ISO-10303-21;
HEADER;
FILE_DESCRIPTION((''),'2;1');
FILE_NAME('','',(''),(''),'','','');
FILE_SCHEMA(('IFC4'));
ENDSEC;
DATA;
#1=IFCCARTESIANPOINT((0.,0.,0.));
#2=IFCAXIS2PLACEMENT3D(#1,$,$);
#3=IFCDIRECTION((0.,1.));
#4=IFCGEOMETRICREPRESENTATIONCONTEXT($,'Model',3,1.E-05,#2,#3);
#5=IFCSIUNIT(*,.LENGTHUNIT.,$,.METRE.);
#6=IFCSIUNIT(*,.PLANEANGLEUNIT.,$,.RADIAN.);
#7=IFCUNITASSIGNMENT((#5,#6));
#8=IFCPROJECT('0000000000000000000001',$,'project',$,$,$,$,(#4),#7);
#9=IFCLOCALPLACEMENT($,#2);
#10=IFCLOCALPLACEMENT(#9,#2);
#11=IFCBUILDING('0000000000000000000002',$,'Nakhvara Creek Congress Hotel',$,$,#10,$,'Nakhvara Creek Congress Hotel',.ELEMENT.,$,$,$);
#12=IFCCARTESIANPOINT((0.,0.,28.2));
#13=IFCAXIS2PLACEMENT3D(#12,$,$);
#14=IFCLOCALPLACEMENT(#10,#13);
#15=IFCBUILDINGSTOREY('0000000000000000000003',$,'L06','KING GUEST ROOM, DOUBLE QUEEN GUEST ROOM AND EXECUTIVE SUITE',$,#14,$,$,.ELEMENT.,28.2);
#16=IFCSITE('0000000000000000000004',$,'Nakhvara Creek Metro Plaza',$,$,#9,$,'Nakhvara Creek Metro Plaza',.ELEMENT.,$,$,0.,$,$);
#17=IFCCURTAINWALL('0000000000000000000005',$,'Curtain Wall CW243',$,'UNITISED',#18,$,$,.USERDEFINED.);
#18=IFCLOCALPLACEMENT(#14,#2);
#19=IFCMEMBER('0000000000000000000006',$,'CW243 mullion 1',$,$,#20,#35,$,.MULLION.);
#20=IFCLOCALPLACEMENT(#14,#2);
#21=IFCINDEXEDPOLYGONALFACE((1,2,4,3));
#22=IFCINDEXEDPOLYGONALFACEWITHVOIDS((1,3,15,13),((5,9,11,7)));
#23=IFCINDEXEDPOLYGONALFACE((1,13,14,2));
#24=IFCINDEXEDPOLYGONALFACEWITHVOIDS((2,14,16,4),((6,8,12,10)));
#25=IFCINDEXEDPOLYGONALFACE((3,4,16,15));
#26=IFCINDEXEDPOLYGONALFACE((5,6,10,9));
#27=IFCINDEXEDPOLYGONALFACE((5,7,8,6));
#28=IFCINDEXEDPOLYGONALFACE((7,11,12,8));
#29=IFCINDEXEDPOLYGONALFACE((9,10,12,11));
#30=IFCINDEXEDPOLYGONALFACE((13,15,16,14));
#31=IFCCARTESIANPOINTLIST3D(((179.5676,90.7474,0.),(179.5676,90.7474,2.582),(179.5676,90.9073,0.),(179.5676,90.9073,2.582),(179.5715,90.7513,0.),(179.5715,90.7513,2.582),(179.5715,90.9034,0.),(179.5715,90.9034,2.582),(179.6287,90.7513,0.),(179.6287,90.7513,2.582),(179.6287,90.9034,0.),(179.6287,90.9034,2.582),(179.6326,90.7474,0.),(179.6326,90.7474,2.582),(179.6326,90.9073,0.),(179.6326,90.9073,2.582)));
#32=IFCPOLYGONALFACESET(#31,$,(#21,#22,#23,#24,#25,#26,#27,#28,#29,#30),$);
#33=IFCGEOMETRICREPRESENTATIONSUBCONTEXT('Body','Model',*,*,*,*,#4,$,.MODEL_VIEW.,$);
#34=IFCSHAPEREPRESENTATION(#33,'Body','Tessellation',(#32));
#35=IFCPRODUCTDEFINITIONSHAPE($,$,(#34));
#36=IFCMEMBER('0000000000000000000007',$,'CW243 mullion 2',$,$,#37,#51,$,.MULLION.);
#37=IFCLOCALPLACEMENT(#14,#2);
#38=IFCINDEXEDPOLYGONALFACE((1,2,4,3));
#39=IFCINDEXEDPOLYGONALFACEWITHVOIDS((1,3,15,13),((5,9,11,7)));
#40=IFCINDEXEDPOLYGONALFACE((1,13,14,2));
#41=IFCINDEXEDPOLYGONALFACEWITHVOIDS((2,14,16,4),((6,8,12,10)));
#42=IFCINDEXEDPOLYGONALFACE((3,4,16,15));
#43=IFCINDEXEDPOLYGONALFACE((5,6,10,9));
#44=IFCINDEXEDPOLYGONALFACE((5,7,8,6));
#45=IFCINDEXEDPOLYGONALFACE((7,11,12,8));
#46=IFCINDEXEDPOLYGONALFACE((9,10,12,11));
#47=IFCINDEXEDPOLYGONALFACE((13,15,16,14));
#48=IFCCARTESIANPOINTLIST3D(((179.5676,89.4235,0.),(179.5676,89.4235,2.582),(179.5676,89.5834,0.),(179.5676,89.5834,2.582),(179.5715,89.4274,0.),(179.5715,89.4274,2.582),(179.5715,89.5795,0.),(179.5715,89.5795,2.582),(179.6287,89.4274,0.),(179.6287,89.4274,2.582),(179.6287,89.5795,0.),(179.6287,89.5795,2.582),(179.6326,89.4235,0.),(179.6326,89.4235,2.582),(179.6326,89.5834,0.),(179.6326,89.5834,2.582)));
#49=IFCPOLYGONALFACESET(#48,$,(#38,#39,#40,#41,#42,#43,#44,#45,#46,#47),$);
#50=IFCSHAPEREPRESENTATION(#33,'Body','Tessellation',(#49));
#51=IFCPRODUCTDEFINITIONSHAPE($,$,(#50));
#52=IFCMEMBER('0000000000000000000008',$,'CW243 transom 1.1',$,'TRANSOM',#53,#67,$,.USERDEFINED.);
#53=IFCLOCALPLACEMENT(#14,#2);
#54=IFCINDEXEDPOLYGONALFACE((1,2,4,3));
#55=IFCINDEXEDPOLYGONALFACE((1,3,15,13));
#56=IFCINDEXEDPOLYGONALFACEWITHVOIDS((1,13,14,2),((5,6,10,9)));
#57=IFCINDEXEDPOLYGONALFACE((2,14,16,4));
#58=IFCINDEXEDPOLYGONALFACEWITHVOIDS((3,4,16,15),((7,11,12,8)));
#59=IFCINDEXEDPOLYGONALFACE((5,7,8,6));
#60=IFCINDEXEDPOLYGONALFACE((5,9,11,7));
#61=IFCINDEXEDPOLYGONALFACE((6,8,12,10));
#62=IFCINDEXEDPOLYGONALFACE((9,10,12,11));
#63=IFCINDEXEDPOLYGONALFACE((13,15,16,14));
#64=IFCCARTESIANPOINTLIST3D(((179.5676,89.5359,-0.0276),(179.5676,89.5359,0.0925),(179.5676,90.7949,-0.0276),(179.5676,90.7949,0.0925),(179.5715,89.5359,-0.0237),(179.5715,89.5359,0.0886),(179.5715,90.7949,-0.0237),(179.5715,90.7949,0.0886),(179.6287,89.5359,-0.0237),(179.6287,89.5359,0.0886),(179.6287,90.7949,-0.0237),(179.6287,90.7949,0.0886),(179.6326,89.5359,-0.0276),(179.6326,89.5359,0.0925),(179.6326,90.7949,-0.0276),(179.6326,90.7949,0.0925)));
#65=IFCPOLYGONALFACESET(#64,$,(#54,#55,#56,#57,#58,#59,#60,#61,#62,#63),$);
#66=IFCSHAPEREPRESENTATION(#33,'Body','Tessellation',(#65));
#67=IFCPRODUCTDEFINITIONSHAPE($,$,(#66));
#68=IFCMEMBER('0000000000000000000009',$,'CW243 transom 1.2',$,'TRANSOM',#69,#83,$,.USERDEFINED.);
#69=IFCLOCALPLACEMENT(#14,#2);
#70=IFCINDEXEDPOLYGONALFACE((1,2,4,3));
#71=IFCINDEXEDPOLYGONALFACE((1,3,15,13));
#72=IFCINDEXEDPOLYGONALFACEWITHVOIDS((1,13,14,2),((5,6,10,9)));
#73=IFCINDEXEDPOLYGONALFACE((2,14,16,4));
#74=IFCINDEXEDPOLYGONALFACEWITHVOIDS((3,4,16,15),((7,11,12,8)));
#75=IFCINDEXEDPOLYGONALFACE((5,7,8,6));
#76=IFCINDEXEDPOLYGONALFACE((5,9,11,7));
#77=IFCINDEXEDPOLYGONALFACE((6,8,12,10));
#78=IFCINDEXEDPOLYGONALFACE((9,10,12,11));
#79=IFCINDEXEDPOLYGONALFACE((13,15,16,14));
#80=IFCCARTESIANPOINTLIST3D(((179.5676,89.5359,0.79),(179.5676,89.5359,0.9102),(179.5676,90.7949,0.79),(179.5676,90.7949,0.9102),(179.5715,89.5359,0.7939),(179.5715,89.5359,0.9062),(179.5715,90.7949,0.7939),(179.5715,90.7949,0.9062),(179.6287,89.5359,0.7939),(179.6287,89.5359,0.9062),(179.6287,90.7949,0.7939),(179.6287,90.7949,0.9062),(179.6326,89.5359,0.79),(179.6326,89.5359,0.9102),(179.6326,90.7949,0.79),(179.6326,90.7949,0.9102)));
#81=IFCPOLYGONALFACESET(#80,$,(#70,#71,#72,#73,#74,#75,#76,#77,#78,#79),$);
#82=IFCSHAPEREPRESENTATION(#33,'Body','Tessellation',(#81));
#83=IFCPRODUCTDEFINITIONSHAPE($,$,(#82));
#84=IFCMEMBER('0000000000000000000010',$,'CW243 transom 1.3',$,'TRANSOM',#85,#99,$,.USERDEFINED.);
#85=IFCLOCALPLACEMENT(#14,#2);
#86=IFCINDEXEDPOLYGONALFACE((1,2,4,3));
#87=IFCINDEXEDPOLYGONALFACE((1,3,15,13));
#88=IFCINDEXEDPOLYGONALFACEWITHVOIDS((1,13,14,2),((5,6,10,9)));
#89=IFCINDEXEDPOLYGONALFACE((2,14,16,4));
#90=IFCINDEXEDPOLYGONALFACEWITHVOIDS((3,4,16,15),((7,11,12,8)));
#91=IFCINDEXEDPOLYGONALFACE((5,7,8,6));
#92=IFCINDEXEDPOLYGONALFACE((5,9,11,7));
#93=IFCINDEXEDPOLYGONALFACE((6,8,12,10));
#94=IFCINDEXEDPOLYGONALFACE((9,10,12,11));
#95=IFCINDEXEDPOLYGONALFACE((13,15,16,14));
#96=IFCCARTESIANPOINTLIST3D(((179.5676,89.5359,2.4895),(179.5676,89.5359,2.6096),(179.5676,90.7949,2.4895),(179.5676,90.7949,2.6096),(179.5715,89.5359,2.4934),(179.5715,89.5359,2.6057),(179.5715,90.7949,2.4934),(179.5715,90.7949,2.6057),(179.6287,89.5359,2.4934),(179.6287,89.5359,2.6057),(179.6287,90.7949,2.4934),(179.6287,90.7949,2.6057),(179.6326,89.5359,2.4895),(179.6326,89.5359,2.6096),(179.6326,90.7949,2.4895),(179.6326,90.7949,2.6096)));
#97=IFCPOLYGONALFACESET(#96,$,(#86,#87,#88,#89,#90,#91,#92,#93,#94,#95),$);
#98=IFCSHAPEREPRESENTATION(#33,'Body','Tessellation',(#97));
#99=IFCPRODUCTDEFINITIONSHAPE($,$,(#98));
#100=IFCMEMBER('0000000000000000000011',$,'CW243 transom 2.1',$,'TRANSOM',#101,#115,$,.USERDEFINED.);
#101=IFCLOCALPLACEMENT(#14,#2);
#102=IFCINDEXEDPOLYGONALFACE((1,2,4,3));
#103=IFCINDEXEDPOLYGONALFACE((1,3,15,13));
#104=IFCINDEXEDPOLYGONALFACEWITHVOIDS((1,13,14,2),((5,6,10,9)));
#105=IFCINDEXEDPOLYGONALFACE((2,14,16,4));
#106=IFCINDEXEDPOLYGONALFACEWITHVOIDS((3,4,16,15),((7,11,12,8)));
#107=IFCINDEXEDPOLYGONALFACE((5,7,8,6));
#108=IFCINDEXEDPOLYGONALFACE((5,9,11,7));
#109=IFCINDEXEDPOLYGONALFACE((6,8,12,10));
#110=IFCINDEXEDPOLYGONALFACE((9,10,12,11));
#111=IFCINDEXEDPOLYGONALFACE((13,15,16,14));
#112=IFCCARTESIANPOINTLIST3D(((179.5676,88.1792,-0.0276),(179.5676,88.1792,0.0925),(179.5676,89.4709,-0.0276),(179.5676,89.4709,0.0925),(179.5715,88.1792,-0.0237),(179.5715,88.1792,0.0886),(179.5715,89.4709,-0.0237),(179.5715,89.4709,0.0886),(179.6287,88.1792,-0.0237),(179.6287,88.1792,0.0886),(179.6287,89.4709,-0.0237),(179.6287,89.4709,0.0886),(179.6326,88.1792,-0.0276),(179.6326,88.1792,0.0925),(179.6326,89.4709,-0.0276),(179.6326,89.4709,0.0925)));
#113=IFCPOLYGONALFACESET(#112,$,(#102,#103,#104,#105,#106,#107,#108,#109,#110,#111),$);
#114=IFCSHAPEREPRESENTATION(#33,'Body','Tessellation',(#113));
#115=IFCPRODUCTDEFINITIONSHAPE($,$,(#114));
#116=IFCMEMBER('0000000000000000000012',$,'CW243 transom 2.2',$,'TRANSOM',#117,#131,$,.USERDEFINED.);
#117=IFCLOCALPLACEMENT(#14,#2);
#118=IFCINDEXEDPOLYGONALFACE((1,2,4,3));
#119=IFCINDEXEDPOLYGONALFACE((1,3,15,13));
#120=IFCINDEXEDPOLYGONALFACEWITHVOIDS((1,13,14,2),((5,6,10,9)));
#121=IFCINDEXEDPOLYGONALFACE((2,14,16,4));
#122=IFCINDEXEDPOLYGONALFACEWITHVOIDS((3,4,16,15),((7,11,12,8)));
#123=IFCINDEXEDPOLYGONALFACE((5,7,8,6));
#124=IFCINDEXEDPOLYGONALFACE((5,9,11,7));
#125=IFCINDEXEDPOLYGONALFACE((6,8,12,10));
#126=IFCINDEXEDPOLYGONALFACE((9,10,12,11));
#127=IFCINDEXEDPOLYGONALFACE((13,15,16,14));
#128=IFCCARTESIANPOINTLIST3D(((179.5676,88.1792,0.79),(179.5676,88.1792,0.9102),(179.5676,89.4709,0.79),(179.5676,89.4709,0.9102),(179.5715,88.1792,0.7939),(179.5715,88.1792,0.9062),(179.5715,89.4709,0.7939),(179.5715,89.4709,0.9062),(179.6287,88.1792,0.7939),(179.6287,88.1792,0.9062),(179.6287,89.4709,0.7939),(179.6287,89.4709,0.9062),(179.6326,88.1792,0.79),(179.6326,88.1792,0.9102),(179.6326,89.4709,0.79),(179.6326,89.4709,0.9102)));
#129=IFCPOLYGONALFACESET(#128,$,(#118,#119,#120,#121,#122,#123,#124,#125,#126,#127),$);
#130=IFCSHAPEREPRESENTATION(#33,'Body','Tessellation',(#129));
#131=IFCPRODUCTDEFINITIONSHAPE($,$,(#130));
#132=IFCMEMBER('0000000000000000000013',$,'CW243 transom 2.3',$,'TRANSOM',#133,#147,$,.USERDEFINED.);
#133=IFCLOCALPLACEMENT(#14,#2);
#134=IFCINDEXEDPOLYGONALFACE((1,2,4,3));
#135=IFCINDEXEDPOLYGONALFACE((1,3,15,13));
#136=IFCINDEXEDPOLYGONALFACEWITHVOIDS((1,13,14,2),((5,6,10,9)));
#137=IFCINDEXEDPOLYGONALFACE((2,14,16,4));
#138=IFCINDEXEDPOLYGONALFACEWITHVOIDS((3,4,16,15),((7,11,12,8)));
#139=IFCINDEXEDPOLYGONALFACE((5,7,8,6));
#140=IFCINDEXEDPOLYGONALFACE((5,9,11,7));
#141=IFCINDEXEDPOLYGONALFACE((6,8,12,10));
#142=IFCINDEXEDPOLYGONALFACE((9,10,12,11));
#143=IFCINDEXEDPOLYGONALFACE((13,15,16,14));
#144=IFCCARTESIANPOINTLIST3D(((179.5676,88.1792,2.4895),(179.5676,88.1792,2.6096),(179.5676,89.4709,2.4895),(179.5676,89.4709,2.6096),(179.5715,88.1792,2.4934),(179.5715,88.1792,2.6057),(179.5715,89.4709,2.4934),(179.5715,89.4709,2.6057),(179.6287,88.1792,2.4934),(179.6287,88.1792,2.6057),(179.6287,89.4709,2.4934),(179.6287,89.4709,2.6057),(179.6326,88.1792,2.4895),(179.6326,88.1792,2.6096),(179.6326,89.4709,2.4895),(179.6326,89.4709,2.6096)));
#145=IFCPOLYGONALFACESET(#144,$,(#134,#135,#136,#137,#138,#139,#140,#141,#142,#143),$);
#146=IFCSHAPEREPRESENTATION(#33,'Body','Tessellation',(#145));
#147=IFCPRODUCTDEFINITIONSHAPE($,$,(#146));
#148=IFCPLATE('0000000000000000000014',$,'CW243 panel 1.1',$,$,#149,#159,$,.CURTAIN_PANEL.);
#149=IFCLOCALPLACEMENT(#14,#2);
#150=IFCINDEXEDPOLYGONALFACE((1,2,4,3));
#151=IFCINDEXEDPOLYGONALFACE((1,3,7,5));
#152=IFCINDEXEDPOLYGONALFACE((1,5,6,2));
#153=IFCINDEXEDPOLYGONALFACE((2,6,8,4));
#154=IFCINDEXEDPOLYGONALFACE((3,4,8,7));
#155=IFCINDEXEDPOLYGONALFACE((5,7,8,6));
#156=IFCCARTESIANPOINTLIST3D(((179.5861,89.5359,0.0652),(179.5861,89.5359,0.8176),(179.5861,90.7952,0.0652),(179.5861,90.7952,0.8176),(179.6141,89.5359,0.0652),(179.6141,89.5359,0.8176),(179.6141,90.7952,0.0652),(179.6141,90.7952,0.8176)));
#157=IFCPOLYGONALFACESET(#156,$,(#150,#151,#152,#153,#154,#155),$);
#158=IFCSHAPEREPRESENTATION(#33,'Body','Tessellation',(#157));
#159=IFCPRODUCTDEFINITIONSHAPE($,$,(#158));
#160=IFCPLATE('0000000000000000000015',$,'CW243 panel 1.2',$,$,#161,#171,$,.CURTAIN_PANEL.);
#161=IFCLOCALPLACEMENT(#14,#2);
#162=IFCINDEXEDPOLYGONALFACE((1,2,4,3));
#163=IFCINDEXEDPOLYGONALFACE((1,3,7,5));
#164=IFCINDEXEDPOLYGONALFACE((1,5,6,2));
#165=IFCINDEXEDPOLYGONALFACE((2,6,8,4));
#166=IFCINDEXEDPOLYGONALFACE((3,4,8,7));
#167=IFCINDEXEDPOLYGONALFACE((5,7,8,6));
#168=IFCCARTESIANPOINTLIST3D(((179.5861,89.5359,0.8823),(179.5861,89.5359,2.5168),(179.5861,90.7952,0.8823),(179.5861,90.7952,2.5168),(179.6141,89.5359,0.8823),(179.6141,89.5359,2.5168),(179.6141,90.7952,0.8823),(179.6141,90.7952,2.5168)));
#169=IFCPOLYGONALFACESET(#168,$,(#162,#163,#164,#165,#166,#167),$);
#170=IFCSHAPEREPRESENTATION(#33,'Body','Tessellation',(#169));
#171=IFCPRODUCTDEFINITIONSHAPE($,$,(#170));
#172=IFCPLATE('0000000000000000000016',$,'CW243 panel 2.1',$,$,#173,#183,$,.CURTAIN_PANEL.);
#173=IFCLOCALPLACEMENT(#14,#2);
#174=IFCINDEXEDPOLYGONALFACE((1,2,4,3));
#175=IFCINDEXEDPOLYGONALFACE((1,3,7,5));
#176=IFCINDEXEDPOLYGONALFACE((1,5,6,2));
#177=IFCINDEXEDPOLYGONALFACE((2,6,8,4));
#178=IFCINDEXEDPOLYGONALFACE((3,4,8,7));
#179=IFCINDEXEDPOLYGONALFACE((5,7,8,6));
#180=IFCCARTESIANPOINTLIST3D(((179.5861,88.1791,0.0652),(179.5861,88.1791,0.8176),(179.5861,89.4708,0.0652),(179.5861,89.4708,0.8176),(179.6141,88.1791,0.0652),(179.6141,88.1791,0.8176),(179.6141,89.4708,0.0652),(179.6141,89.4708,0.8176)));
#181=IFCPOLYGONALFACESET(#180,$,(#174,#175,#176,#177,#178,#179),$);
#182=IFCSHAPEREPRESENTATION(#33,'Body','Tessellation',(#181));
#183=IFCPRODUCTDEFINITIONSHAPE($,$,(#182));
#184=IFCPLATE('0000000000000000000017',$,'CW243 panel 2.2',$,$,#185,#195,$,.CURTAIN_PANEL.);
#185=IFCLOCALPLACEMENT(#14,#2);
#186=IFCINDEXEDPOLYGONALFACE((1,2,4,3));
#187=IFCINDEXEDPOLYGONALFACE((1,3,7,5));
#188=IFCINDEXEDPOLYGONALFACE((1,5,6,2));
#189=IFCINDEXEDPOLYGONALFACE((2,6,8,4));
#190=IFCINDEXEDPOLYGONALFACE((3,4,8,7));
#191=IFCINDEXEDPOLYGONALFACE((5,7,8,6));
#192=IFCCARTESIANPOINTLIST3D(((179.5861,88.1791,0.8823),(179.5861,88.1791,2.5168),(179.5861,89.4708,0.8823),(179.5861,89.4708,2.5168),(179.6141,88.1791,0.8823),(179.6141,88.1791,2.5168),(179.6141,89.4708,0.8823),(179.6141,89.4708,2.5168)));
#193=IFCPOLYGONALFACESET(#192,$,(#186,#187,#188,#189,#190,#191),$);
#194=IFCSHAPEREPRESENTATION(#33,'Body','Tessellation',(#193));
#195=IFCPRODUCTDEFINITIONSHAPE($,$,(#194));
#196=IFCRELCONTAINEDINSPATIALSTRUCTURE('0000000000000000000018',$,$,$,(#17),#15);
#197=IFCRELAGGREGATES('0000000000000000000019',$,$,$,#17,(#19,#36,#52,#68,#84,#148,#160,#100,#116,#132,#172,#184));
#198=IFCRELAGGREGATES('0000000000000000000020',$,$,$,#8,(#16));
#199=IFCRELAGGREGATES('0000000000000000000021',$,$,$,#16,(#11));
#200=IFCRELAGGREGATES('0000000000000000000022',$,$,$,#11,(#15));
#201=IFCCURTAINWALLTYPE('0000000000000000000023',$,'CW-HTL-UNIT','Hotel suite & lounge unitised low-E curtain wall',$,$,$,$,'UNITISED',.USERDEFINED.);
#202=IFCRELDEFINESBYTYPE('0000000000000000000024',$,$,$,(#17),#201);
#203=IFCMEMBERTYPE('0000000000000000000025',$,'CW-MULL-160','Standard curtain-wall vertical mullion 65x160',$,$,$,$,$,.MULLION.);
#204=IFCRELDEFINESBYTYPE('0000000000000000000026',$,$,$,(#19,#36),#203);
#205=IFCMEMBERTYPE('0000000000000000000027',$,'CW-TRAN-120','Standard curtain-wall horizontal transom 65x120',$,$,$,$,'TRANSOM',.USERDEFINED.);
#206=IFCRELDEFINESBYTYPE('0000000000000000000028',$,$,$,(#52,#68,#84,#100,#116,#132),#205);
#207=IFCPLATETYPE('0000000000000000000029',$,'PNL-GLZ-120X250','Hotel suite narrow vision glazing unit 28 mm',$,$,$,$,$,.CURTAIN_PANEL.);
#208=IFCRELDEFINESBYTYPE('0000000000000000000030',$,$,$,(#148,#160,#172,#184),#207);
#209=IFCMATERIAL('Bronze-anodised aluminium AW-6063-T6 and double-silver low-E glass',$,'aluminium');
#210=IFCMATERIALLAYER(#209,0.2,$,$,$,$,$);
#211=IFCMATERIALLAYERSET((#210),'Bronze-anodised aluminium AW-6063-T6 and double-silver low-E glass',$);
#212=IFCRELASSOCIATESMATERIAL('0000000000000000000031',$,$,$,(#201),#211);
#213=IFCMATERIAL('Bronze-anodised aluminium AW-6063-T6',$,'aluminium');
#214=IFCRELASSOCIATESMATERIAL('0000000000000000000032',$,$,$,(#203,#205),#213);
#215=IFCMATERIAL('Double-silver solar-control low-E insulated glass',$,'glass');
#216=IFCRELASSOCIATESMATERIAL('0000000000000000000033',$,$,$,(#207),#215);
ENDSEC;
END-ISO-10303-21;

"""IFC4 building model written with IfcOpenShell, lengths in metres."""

from ifc_helpers import new_model, si_unit, direction, frame, origin, origin_2d, place, context, subcontext, project, spatial, rectangle, hollow_rectangle, extrude, material, layer, layer_set, material_profile, profile_set, type_object, element, aggregate, save


model = new_model("IFC4")

# Units and contexts
model_context = context("Model", 3, precision=1e-05, world=origin(), true_north=direction((0.0, 1.0)))
body_context = subcontext(model_context, "Body", "Model", "MODEL_VIEW")
ifc_project = project(units=[si_unit("LENGTHUNIT", "METRE"), si_unit("PLANEANGLEUNIT", "RADIAN")], contexts=[model_context])

# Site, building, storey
site_placement = place(None, origin())
site = spatial("IfcSite", under=ifc_project, at=site_placement, Name="Nakhvara Creek Metro Plaza", LongName="Nakhvara Creek Metro Plaza", CompositionType="ELEMENT", RefElevation=0.0)
building_placement = place(site_placement, origin())
building = spatial("IfcBuilding", under=site, at=building_placement, Name="Nakhvara Creek Congress Hotel", LongName="Nakhvara Creek Congress Hotel", CompositionType="ELEMENT")
storey_placement = place(building_placement, frame((0.0, 0.0, 28.2)))
storey = spatial("IfcBuildingStorey", under=building, at=storey_placement, Name="L06", Description="KING GUEST ROOM, DOUBLE QUEEN GUEST ROOM AND EXECUTIVE SUITE", CompositionType="ELEMENT", Elevation=28.2)

# Curtain wall, members, plates
ifc_material_1 = material(Name="Bronze-anodised aluminium AW-6063-T6 and double-silver low-E glass", Category="aluminium")
ifc_layer_1 = layer(ifc_material_1, 0.2)
ifc_layer_set_1 = layer_set([ifc_layer_1], Name="Bronze-anodised aluminium AW-6063-T6 and double-silver low-E glass")
curtain_wall_type = type_object("IfcCurtainWallType", Name="CW-HTL-UNIT", Description="Hotel suite & lounge unitised low-E curtain wall", ElementType="UNITISED", PredefinedType="USERDEFINED", material=ifc_layer_set_1)
curtain_wall_placement = place(storey_placement, origin())
curtain_wall = element("IfcCurtainWall", 1, at=curtain_wall_placement, inside=storey, type_object=curtain_wall_type, Name="Curtain Wall CW243", ObjectType="UNITISED", PredefinedType="USERDEFINED")
ifc_material_2 = material(Name="Bronze-anodised aluminium AW-6063-T6", Category="aluminium")
ifc_material_profile_1 = material_profile(ifc_material_2, hollow_rectangle(XDim=0.0649, YDim=0.1599, WallThickness=0.0039, at=origin_2d()), Name="ALU-MULL 65x160x4", Category="LoadBearing")
ifc_profile_set_1 = profile_set([ifc_material_profile_1], Name="Bronze-anodised aluminium AW-6063-T6")
member_type_1 = type_object("IfcMemberType", Name="CW-MULL-160", Description="Standard curtain-wall vertical mullion 65x160", PredefinedType="MULLION", material=ifc_profile_set_1)
member_1_placement = place(storey_placement, frame((179.6001, 90.8274, 0.0), z_axis=(0.0, 0.0, 1.0), x_axis=(1.0, 0.0, 0.0)))
member_1 = element("IfcMember", 2, at=member_1_placement, type_object=member_type_1, Name="CW243 mullion 1", PredefinedType="MULLION", context=body_context, shape_type="SweptSolid", body=[
    extrude(hollow_rectangle(XDim=0.0649, YDim=0.1599, WallThickness=0.0039, at=origin_2d()), origin(), (0.0, 0.0, 1.0), 2.582),
])
member_2_placement = place(storey_placement, frame((179.6001, 89.5034, 0.0), z_axis=(0.0, 0.0, 1.0), x_axis=(1.0, 0.0, 0.0)))
member_2 = element("IfcMember", 3, at=member_2_placement, type_object=member_type_1, Name="CW243 mullion 2", PredefinedType="MULLION", context=body_context, shape_type="SweptSolid", body=[
    extrude(hollow_rectangle(XDim=0.0649, YDim=0.1599, WallThickness=0.0039, at=origin_2d()), origin(), (0.0, 0.0, 1.0), 2.582),
])
ifc_material_profile_2 = material_profile(ifc_material_2, hollow_rectangle(XDim=0.0649, YDim=0.1201, WallThickness=0.0039, at=origin_2d()), Name="ALU-TRAN 65x120x4", Category="LoadBearing")
ifc_profile_set_2 = profile_set([ifc_material_profile_2], Name="Bronze-anodised aluminium AW-6063-T6")
member_type_2 = type_object("IfcMemberType", Name="CW-TRAN-120", Description="Standard curtain-wall horizontal transom 65x120", ElementType="TRANSOM", PredefinedType="USERDEFINED", material=ifc_profile_set_2)
member_3_placement = place(storey_placement, frame((179.6001, 90.7949, 0.0325), z_axis=(0.0, -1.0, 0.0), x_axis=(1.0, 0.0, 0.0)))
member_3 = element("IfcMember", 4, at=member_3_placement, type_object=member_type_2, Name="CW243 transom 1.1", ObjectType="TRANSOM", PredefinedType="USERDEFINED", context=body_context, shape_type="SweptSolid", body=[
    extrude(hollow_rectangle(XDim=0.0649, YDim=0.1201, WallThickness=0.0039, at=origin_2d()), origin(), (0.0, 0.0, 1.0), 1.259),
])
member_4_placement = place(storey_placement, frame((179.6001, 90.7949, 0.8501), z_axis=(0.0, -1.0, 0.0), x_axis=(1.0, 0.0, 0.0)))
member_4 = element("IfcMember", 5, at=member_4_placement, type_object=member_type_2, Name="CW243 transom 1.2", ObjectType="TRANSOM", PredefinedType="USERDEFINED", context=body_context, shape_type="SweptSolid", body=[
    extrude(hollow_rectangle(XDim=0.0649, YDim=0.1201, WallThickness=0.0039, at=origin_2d()), origin(), (0.0, 0.0, 1.0), 1.259),
])
member_5_placement = place(storey_placement, frame((179.6001, 90.7949, 2.5496), z_axis=(0.0, -1.0, 0.0), x_axis=(1.0, 0.0, 0.0)))
member_5 = element("IfcMember", 6, at=member_5_placement, type_object=member_type_2, Name="CW243 transom 1.3", ObjectType="TRANSOM", PredefinedType="USERDEFINED", context=body_context, shape_type="SweptSolid", body=[
    extrude(hollow_rectangle(XDim=0.0649, YDim=0.1201, WallThickness=0.0039, at=origin_2d()), origin(), (0.0, 0.0, 1.0), 1.259),
])
member_6_placement = place(storey_placement, frame((179.6001, 89.4709, 0.0325), z_axis=(0.0, -1.0, 0.0), x_axis=(1.0, 0.0, 0.0)))
member_6 = element("IfcMember", 7, at=member_6_placement, type_object=member_type_2, Name="CW243 transom 2.1", ObjectType="TRANSOM", PredefinedType="USERDEFINED", context=body_context, shape_type="SweptSolid", body=[
    extrude(hollow_rectangle(XDim=0.0649, YDim=0.1201, WallThickness=0.0039, at=origin_2d()), origin(), (0.0, 0.0, 1.0), 1.2917),
])
member_7_placement = place(storey_placement, frame((179.6001, 89.4709, 0.8501), z_axis=(0.0, -1.0, 0.0), x_axis=(1.0, 0.0, 0.0)))
member_7 = element("IfcMember", 8, at=member_7_placement, type_object=member_type_2, Name="CW243 transom 2.2", ObjectType="TRANSOM", PredefinedType="USERDEFINED", context=body_context, shape_type="SweptSolid", body=[
    extrude(hollow_rectangle(XDim=0.0649, YDim=0.1201, WallThickness=0.0039, at=origin_2d()), origin(), (0.0, 0.0, 1.0), 1.2917),
])
member_8_placement = place(storey_placement, frame((179.6001, 89.4709, 2.5496), z_axis=(0.0, -1.0, 0.0), x_axis=(1.0, 0.0, 0.0)))
member_8 = element("IfcMember", 9, at=member_8_placement, type_object=member_type_2, Name="CW243 transom 2.3", ObjectType="TRANSOM", PredefinedType="USERDEFINED", context=body_context, shape_type="SweptSolid", body=[
    extrude(hollow_rectangle(XDim=0.0649, YDim=0.1201, WallThickness=0.0039, at=origin_2d()), origin(), (0.0, 0.0, 1.0), 1.2917),
])
ifc_material_3 = material(Name="Double-silver solar-control low-E insulated glass", Category="glass")
plate_type = type_object("IfcPlateType", Name="PNL-GLZ-120X250", Description="Hotel suite narrow vision glazing unit 28 mm", PredefinedType="CURTAIN_PANEL", material=ifc_material_3)
plate_1_placement = place(storey_placement, frame((179.6001, 90.1655, 0.0652), z_axis=(0.0, 0.0, 1.0), x_axis=(0.0, -1.0, 0.0)))
plate_1 = element("IfcPlate", 10, at=plate_1_placement, type_object=plate_type, Name="CW243 panel 1.1", PredefinedType="CURTAIN_PANEL", context=body_context, shape_type="SweptSolid", body=[
    extrude(rectangle(XDim=1.2593, YDim=0.0281, at=origin_2d()), origin(), (0.0, 0.0, 1.0), 0.7524),
])
plate_2_placement = place(storey_placement, frame((179.6001, 90.1655, 0.8823), z_axis=(0.0, 0.0, 1.0), x_axis=(0.0, -1.0, 0.0)))
plate_2 = element("IfcPlate", 11, at=plate_2_placement, type_object=plate_type, Name="CW243 panel 1.2", PredefinedType="CURTAIN_PANEL", context=body_context, shape_type="SweptSolid", body=[
    extrude(rectangle(XDim=1.2593, YDim=0.0281, at=origin_2d()), origin(), (0.0, 0.0, 1.0), 1.6345),
])
plate_3_placement = place(storey_placement, frame((179.6001, 88.825, 0.0652), z_axis=(0.0, 0.0, 1.0), x_axis=(0.0, -1.0, 0.0)))
plate_3 = element("IfcPlate", 12, at=plate_3_placement, type_object=plate_type, Name="CW243 panel 2.1", PredefinedType="CURTAIN_PANEL", context=body_context, shape_type="SweptSolid", body=[
    extrude(rectangle(XDim=1.2917, YDim=0.0281, at=origin_2d()), origin(), (0.0, 0.0, 1.0), 0.7524),
])
plate_4_placement = place(storey_placement, frame((179.6001, 88.825, 0.8823), z_axis=(0.0, 0.0, 1.0), x_axis=(0.0, -1.0, 0.0)))
plate_4 = element("IfcPlate", 13, at=plate_4_placement, type_object=plate_type, Name="CW243 panel 2.2", PredefinedType="CURTAIN_PANEL", context=body_context, shape_type="SweptSolid", body=[
    extrude(rectangle(XDim=1.2917, YDim=0.0281, at=origin_2d()), origin(), (0.0, 0.0, 1.0), 1.6345),
])
aggregate(curtain_wall, [member_1, member_2, member_3, member_4, member_5, plate_1, plate_2, member_6, member_7, member_8, plate_3, plate_4])

save(model, "model.ifc")
